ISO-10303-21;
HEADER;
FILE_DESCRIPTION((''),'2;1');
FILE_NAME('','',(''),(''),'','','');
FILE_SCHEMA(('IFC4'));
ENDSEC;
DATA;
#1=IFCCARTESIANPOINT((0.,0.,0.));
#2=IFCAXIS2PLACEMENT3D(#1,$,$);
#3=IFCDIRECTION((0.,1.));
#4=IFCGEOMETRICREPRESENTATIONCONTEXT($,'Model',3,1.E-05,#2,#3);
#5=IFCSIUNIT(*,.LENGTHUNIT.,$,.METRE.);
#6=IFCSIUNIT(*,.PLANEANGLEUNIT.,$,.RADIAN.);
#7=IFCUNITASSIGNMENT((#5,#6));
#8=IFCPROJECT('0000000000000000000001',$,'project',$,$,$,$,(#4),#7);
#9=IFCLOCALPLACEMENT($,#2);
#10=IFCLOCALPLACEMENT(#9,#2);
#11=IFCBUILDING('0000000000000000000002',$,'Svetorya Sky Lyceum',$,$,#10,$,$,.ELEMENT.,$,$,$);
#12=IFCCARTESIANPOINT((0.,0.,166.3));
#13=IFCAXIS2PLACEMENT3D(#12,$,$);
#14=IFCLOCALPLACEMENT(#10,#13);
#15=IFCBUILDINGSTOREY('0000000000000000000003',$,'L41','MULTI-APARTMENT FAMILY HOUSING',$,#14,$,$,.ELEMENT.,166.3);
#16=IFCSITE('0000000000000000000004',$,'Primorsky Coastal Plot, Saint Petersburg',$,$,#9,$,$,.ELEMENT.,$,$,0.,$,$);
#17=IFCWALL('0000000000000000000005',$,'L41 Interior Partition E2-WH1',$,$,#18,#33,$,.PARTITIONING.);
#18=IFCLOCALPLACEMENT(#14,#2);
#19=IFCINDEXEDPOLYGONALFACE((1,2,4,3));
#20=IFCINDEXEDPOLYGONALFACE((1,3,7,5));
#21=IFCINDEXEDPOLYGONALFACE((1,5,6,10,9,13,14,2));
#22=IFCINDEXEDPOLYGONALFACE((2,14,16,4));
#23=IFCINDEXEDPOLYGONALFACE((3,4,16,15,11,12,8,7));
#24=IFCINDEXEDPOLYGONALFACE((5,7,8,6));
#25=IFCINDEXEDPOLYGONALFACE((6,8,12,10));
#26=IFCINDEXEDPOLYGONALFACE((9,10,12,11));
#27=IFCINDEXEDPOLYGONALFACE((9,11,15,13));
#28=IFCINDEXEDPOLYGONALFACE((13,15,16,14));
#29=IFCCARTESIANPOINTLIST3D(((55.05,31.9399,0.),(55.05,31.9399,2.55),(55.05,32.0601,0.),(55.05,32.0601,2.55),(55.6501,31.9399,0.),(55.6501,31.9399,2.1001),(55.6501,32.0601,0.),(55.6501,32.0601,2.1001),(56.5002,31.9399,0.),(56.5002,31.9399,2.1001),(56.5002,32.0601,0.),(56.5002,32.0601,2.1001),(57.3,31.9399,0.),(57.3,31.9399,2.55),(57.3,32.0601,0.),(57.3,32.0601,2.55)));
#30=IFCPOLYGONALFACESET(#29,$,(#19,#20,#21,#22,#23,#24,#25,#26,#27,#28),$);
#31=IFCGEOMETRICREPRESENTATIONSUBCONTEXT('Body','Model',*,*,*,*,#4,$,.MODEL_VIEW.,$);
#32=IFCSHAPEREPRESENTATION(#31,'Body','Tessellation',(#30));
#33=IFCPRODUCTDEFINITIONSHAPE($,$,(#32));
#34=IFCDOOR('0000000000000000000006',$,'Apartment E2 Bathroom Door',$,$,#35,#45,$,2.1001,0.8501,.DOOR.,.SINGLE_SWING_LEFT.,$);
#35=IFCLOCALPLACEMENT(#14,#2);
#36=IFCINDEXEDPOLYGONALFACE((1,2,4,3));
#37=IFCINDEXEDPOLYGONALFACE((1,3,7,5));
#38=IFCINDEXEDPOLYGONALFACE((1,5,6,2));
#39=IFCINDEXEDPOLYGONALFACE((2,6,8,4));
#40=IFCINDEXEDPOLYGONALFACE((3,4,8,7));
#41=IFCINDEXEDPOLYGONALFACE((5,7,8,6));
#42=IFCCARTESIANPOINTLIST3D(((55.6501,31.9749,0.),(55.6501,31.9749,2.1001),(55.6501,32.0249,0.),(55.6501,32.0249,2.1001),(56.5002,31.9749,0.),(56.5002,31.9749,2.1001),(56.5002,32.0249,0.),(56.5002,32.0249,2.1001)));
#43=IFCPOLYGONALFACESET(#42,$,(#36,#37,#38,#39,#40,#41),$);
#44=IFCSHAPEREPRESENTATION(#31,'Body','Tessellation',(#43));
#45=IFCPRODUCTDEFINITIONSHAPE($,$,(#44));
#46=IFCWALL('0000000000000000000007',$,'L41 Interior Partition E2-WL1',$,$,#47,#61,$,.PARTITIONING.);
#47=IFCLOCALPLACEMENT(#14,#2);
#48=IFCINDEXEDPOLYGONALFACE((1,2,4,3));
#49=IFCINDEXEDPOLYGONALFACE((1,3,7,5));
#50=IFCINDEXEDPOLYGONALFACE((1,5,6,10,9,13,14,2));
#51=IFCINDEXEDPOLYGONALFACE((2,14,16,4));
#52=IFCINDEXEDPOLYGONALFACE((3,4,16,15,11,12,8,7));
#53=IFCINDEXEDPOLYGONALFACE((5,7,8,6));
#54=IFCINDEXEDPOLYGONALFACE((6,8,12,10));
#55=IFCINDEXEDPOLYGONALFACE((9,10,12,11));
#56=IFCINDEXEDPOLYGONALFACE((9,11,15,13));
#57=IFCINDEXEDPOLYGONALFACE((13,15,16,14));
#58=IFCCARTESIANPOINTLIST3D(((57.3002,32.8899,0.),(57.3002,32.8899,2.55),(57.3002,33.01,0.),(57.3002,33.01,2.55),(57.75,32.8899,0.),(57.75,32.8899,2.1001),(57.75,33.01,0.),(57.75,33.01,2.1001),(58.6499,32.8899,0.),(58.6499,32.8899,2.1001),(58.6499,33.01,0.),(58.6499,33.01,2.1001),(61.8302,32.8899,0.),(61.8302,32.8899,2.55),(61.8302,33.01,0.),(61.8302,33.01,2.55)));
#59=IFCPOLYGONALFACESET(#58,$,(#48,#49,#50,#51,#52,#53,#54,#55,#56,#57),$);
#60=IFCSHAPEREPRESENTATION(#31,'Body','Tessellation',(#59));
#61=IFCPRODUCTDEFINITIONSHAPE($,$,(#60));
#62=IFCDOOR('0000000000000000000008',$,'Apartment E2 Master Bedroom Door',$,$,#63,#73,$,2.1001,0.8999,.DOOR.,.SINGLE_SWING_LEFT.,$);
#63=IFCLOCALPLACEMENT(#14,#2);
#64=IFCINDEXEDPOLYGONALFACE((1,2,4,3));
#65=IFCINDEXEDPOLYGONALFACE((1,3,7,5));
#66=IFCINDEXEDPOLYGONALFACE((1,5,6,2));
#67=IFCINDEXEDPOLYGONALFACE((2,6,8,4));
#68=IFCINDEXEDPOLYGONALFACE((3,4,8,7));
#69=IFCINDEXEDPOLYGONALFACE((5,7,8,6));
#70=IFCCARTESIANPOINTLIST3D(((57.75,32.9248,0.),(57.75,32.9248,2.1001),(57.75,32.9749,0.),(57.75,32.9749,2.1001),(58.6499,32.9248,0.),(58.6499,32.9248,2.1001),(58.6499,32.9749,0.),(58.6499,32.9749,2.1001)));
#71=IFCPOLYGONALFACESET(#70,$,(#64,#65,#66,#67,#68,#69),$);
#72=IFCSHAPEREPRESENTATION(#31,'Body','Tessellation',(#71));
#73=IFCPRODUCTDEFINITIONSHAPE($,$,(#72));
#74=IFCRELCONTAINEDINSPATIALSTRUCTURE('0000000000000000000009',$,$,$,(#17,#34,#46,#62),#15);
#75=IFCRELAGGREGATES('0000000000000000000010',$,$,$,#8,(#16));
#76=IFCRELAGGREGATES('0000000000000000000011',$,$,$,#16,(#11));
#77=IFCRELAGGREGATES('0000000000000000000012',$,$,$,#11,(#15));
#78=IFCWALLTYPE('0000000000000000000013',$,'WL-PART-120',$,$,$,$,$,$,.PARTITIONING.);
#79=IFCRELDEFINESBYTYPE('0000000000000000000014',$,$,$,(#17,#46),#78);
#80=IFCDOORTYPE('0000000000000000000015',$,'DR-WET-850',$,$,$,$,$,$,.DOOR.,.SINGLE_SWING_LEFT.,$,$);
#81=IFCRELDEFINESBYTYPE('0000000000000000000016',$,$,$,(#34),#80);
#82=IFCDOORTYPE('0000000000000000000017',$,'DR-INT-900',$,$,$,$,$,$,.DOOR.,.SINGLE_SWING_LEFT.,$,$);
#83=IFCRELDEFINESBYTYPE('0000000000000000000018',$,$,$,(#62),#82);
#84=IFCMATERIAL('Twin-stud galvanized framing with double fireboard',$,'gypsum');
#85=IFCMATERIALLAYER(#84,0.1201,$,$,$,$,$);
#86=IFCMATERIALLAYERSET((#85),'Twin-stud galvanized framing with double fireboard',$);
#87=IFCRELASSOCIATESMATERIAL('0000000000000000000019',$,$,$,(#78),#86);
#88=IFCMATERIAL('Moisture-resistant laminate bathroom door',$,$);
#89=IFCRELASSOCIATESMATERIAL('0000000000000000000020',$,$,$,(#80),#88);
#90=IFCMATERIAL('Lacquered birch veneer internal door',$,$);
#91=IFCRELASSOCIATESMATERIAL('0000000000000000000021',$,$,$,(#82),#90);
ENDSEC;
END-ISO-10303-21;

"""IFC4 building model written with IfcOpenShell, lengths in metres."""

from ifc_helpers import new_model, si_unit, direction, frame, frame_2d, origin, place, context, subcontext, project, spatial, rectangle, extrude, material, layer, layer_set, type_object, element, fill, save


model = new_model("IFC4")

# Units and contexts
model_context = context("Model", 3, precision=1e-05, world=origin(), true_north=direction((0.0, 1.0)))
body_context = subcontext(model_context, "Body", "Model", "MODEL_VIEW")
ifc_project = project(units=[si_unit("LENGTHUNIT", "METRE"), si_unit("PLANEANGLEUNIT", "RADIAN")], contexts=[model_context])

# Site, building, storey
site_placement = place(None, origin())
site = spatial("IfcSite", under=ifc_project, at=site_placement, Name="Primorsky Coastal Plot, Saint Petersburg", CompositionType="ELEMENT", RefElevation=0.0)
building_placement = place(site_placement, origin())
building = spatial("IfcBuilding", under=site, at=building_placement, Name="Svetorya Sky Lyceum", CompositionType="ELEMENT")
storey_placement = place(building_placement, frame((0.0, 0.0, 166.3)))
storey = spatial("IfcBuildingStorey", under=building, at=storey_placement, Name="L41", Description="MULTI-APARTMENT FAMILY HOUSING", CompositionType="ELEMENT", Elevation=166.3)

# Walls, openings, doors
ifc_material_1 = material(Name="Twin-stud galvanized framing with double fireboard", Category="gypsum")
ifc_layer_1 = layer(ifc_material_1, 0.1201)
ifc_layer_set_1 = layer_set([ifc_layer_1], Name="Twin-stud galvanized framing with double fireboard")
wall_type_1 = type_object("IfcWallType", Name="WL-PART-120", PredefinedType="PARTITIONING", material=ifc_layer_set_1)
wall_1_placement = place(storey_placement, frame((55.05, 32.0, 0.0), z_axis=(0.0, 0.0, 1.0), x_axis=(1.0, 0.0, 0.0)))
wall_1 = element("IfcWall", 1, at=wall_1_placement, inside=storey, type_object=wall_type_1, Name="L41 Interior Partition E2-WH1", PredefinedType="PARTITIONING", context=body_context, shape_type="SweptSolid", body=[
    extrude(rectangle(XDim=2.25, YDim=0.1201, at=frame_2d((1.125, 0.0))), origin(), (0.0, 0.0, 1.0), 2.55),
])
opening_1_placement = place(wall_1_placement, frame((0.6001, 0.0, 0.0)))
opening_1 = element("IfcOpeningElement", 2, at=opening_1_placement, cuts=wall_1, PredefinedType="OPENING", context=body_context, shape_type="SweptSolid", body=[
    extrude(rectangle(XDim=0.8501, YDim=2.1001, at=frame_2d((0.425, 1.05))), frame((0.0, 0.0701, 0.0), z_axis=(0.0, -1.0, 0.0), x_axis=(1.0, 0.0, 0.0)), (0.0, 0.0, 1.0), 0.1401),
])
ifc_material_2 = material(Name="Moisture-resistant laminate bathroom door")
door_type_1 = type_object("IfcDoorType", Name="DR-WET-850", OperationType="SINGLE_SWING_LEFT", PredefinedType="DOOR", material=ifc_material_2)
door_1_placement = place(opening_1_placement, origin())
door_1 = element("IfcDoor", 3, at=door_1_placement, inside=storey, type_object=door_type_1, Name="Apartment E2 Bathroom Door", OperationType="SINGLE_SWING_LEFT", OverallHeight=2.1001, OverallWidth=0.8501, PredefinedType="DOOR", context=body_context, shape_type="SweptSolid", body=[
    extrude(rectangle(XDim=0.8501, YDim=2.1001, at=frame_2d((0.425, 1.05))), frame((0.0, 0.0249, 0.0), z_axis=(0.0, -1.0, 0.0), x_axis=(1.0, 0.0, 0.0)), (0.0, 0.0, 1.0), 0.05),
])
fill(opening_1, door_1)
wall_2_placement = place(storey_placement, frame((57.3, 32.95, 0.0), z_axis=(0.0, 0.0, 1.0), x_axis=(1.0, 0.0, 0.0)))
wall_2 = element("IfcWall", 4, at=wall_2_placement, inside=storey, type_object=wall_type_1, Name="L41 Interior Partition E2-WL1", PredefinedType="PARTITIONING", context=body_context, shape_type="SweptSolid", body=[
    extrude(rectangle(XDim=4.53, YDim=0.1201, at=frame_2d((2.2651, 0.0))), origin(), (0.0, 0.0, 1.0), 2.55),
])
opening_2_placement = place(wall_2_placement, frame((0.45, 0.0, 0.0)))
opening_2 = element("IfcOpeningElement", 5, at=opening_2_placement, cuts=wall_2, PredefinedType="OPENING", context=body_context, shape_type="SweptSolid", body=[
    extrude(rectangle(XDim=0.8999, YDim=2.1001, at=frame_2d((0.45, 1.05))), frame((0.0, 0.0701, 0.0), z_axis=(0.0, -1.0, 0.0), x_axis=(1.0, 0.0, 0.0)), (0.0, 0.0, 1.0), 0.1401),
])
ifc_material_3 = material(Name="Lacquered birch veneer internal door")
door_type_2 = type_object("IfcDoorType", Name="DR-INT-900", OperationType="SINGLE_SWING_LEFT", PredefinedType="DOOR", material=ifc_material_3)
door_2_placement = place(opening_2_placement, origin())
door_2 = element("IfcDoor", 6, at=door_2_placement, inside=storey, type_object=door_type_2, Name="Apartment E2 Master Bedroom Door", OperationType="SINGLE_SWING_LEFT", OverallHeight=2.1001, OverallWidth=0.8999, PredefinedType="DOOR", context=body_context, shape_type="SweptSolid", body=[
    extrude(rectangle(XDim=0.8999, YDim=2.1001, at=frame_2d((0.45, 1.05))), frame((0.0, 0.0249, 0.0), z_axis=(0.0, -1.0, 0.0), x_axis=(1.0, 0.0, 0.0)), (0.0, 0.0, 1.0), 0.05),
])
fill(opening_2, door_2)

save(model, "model.ifc")
